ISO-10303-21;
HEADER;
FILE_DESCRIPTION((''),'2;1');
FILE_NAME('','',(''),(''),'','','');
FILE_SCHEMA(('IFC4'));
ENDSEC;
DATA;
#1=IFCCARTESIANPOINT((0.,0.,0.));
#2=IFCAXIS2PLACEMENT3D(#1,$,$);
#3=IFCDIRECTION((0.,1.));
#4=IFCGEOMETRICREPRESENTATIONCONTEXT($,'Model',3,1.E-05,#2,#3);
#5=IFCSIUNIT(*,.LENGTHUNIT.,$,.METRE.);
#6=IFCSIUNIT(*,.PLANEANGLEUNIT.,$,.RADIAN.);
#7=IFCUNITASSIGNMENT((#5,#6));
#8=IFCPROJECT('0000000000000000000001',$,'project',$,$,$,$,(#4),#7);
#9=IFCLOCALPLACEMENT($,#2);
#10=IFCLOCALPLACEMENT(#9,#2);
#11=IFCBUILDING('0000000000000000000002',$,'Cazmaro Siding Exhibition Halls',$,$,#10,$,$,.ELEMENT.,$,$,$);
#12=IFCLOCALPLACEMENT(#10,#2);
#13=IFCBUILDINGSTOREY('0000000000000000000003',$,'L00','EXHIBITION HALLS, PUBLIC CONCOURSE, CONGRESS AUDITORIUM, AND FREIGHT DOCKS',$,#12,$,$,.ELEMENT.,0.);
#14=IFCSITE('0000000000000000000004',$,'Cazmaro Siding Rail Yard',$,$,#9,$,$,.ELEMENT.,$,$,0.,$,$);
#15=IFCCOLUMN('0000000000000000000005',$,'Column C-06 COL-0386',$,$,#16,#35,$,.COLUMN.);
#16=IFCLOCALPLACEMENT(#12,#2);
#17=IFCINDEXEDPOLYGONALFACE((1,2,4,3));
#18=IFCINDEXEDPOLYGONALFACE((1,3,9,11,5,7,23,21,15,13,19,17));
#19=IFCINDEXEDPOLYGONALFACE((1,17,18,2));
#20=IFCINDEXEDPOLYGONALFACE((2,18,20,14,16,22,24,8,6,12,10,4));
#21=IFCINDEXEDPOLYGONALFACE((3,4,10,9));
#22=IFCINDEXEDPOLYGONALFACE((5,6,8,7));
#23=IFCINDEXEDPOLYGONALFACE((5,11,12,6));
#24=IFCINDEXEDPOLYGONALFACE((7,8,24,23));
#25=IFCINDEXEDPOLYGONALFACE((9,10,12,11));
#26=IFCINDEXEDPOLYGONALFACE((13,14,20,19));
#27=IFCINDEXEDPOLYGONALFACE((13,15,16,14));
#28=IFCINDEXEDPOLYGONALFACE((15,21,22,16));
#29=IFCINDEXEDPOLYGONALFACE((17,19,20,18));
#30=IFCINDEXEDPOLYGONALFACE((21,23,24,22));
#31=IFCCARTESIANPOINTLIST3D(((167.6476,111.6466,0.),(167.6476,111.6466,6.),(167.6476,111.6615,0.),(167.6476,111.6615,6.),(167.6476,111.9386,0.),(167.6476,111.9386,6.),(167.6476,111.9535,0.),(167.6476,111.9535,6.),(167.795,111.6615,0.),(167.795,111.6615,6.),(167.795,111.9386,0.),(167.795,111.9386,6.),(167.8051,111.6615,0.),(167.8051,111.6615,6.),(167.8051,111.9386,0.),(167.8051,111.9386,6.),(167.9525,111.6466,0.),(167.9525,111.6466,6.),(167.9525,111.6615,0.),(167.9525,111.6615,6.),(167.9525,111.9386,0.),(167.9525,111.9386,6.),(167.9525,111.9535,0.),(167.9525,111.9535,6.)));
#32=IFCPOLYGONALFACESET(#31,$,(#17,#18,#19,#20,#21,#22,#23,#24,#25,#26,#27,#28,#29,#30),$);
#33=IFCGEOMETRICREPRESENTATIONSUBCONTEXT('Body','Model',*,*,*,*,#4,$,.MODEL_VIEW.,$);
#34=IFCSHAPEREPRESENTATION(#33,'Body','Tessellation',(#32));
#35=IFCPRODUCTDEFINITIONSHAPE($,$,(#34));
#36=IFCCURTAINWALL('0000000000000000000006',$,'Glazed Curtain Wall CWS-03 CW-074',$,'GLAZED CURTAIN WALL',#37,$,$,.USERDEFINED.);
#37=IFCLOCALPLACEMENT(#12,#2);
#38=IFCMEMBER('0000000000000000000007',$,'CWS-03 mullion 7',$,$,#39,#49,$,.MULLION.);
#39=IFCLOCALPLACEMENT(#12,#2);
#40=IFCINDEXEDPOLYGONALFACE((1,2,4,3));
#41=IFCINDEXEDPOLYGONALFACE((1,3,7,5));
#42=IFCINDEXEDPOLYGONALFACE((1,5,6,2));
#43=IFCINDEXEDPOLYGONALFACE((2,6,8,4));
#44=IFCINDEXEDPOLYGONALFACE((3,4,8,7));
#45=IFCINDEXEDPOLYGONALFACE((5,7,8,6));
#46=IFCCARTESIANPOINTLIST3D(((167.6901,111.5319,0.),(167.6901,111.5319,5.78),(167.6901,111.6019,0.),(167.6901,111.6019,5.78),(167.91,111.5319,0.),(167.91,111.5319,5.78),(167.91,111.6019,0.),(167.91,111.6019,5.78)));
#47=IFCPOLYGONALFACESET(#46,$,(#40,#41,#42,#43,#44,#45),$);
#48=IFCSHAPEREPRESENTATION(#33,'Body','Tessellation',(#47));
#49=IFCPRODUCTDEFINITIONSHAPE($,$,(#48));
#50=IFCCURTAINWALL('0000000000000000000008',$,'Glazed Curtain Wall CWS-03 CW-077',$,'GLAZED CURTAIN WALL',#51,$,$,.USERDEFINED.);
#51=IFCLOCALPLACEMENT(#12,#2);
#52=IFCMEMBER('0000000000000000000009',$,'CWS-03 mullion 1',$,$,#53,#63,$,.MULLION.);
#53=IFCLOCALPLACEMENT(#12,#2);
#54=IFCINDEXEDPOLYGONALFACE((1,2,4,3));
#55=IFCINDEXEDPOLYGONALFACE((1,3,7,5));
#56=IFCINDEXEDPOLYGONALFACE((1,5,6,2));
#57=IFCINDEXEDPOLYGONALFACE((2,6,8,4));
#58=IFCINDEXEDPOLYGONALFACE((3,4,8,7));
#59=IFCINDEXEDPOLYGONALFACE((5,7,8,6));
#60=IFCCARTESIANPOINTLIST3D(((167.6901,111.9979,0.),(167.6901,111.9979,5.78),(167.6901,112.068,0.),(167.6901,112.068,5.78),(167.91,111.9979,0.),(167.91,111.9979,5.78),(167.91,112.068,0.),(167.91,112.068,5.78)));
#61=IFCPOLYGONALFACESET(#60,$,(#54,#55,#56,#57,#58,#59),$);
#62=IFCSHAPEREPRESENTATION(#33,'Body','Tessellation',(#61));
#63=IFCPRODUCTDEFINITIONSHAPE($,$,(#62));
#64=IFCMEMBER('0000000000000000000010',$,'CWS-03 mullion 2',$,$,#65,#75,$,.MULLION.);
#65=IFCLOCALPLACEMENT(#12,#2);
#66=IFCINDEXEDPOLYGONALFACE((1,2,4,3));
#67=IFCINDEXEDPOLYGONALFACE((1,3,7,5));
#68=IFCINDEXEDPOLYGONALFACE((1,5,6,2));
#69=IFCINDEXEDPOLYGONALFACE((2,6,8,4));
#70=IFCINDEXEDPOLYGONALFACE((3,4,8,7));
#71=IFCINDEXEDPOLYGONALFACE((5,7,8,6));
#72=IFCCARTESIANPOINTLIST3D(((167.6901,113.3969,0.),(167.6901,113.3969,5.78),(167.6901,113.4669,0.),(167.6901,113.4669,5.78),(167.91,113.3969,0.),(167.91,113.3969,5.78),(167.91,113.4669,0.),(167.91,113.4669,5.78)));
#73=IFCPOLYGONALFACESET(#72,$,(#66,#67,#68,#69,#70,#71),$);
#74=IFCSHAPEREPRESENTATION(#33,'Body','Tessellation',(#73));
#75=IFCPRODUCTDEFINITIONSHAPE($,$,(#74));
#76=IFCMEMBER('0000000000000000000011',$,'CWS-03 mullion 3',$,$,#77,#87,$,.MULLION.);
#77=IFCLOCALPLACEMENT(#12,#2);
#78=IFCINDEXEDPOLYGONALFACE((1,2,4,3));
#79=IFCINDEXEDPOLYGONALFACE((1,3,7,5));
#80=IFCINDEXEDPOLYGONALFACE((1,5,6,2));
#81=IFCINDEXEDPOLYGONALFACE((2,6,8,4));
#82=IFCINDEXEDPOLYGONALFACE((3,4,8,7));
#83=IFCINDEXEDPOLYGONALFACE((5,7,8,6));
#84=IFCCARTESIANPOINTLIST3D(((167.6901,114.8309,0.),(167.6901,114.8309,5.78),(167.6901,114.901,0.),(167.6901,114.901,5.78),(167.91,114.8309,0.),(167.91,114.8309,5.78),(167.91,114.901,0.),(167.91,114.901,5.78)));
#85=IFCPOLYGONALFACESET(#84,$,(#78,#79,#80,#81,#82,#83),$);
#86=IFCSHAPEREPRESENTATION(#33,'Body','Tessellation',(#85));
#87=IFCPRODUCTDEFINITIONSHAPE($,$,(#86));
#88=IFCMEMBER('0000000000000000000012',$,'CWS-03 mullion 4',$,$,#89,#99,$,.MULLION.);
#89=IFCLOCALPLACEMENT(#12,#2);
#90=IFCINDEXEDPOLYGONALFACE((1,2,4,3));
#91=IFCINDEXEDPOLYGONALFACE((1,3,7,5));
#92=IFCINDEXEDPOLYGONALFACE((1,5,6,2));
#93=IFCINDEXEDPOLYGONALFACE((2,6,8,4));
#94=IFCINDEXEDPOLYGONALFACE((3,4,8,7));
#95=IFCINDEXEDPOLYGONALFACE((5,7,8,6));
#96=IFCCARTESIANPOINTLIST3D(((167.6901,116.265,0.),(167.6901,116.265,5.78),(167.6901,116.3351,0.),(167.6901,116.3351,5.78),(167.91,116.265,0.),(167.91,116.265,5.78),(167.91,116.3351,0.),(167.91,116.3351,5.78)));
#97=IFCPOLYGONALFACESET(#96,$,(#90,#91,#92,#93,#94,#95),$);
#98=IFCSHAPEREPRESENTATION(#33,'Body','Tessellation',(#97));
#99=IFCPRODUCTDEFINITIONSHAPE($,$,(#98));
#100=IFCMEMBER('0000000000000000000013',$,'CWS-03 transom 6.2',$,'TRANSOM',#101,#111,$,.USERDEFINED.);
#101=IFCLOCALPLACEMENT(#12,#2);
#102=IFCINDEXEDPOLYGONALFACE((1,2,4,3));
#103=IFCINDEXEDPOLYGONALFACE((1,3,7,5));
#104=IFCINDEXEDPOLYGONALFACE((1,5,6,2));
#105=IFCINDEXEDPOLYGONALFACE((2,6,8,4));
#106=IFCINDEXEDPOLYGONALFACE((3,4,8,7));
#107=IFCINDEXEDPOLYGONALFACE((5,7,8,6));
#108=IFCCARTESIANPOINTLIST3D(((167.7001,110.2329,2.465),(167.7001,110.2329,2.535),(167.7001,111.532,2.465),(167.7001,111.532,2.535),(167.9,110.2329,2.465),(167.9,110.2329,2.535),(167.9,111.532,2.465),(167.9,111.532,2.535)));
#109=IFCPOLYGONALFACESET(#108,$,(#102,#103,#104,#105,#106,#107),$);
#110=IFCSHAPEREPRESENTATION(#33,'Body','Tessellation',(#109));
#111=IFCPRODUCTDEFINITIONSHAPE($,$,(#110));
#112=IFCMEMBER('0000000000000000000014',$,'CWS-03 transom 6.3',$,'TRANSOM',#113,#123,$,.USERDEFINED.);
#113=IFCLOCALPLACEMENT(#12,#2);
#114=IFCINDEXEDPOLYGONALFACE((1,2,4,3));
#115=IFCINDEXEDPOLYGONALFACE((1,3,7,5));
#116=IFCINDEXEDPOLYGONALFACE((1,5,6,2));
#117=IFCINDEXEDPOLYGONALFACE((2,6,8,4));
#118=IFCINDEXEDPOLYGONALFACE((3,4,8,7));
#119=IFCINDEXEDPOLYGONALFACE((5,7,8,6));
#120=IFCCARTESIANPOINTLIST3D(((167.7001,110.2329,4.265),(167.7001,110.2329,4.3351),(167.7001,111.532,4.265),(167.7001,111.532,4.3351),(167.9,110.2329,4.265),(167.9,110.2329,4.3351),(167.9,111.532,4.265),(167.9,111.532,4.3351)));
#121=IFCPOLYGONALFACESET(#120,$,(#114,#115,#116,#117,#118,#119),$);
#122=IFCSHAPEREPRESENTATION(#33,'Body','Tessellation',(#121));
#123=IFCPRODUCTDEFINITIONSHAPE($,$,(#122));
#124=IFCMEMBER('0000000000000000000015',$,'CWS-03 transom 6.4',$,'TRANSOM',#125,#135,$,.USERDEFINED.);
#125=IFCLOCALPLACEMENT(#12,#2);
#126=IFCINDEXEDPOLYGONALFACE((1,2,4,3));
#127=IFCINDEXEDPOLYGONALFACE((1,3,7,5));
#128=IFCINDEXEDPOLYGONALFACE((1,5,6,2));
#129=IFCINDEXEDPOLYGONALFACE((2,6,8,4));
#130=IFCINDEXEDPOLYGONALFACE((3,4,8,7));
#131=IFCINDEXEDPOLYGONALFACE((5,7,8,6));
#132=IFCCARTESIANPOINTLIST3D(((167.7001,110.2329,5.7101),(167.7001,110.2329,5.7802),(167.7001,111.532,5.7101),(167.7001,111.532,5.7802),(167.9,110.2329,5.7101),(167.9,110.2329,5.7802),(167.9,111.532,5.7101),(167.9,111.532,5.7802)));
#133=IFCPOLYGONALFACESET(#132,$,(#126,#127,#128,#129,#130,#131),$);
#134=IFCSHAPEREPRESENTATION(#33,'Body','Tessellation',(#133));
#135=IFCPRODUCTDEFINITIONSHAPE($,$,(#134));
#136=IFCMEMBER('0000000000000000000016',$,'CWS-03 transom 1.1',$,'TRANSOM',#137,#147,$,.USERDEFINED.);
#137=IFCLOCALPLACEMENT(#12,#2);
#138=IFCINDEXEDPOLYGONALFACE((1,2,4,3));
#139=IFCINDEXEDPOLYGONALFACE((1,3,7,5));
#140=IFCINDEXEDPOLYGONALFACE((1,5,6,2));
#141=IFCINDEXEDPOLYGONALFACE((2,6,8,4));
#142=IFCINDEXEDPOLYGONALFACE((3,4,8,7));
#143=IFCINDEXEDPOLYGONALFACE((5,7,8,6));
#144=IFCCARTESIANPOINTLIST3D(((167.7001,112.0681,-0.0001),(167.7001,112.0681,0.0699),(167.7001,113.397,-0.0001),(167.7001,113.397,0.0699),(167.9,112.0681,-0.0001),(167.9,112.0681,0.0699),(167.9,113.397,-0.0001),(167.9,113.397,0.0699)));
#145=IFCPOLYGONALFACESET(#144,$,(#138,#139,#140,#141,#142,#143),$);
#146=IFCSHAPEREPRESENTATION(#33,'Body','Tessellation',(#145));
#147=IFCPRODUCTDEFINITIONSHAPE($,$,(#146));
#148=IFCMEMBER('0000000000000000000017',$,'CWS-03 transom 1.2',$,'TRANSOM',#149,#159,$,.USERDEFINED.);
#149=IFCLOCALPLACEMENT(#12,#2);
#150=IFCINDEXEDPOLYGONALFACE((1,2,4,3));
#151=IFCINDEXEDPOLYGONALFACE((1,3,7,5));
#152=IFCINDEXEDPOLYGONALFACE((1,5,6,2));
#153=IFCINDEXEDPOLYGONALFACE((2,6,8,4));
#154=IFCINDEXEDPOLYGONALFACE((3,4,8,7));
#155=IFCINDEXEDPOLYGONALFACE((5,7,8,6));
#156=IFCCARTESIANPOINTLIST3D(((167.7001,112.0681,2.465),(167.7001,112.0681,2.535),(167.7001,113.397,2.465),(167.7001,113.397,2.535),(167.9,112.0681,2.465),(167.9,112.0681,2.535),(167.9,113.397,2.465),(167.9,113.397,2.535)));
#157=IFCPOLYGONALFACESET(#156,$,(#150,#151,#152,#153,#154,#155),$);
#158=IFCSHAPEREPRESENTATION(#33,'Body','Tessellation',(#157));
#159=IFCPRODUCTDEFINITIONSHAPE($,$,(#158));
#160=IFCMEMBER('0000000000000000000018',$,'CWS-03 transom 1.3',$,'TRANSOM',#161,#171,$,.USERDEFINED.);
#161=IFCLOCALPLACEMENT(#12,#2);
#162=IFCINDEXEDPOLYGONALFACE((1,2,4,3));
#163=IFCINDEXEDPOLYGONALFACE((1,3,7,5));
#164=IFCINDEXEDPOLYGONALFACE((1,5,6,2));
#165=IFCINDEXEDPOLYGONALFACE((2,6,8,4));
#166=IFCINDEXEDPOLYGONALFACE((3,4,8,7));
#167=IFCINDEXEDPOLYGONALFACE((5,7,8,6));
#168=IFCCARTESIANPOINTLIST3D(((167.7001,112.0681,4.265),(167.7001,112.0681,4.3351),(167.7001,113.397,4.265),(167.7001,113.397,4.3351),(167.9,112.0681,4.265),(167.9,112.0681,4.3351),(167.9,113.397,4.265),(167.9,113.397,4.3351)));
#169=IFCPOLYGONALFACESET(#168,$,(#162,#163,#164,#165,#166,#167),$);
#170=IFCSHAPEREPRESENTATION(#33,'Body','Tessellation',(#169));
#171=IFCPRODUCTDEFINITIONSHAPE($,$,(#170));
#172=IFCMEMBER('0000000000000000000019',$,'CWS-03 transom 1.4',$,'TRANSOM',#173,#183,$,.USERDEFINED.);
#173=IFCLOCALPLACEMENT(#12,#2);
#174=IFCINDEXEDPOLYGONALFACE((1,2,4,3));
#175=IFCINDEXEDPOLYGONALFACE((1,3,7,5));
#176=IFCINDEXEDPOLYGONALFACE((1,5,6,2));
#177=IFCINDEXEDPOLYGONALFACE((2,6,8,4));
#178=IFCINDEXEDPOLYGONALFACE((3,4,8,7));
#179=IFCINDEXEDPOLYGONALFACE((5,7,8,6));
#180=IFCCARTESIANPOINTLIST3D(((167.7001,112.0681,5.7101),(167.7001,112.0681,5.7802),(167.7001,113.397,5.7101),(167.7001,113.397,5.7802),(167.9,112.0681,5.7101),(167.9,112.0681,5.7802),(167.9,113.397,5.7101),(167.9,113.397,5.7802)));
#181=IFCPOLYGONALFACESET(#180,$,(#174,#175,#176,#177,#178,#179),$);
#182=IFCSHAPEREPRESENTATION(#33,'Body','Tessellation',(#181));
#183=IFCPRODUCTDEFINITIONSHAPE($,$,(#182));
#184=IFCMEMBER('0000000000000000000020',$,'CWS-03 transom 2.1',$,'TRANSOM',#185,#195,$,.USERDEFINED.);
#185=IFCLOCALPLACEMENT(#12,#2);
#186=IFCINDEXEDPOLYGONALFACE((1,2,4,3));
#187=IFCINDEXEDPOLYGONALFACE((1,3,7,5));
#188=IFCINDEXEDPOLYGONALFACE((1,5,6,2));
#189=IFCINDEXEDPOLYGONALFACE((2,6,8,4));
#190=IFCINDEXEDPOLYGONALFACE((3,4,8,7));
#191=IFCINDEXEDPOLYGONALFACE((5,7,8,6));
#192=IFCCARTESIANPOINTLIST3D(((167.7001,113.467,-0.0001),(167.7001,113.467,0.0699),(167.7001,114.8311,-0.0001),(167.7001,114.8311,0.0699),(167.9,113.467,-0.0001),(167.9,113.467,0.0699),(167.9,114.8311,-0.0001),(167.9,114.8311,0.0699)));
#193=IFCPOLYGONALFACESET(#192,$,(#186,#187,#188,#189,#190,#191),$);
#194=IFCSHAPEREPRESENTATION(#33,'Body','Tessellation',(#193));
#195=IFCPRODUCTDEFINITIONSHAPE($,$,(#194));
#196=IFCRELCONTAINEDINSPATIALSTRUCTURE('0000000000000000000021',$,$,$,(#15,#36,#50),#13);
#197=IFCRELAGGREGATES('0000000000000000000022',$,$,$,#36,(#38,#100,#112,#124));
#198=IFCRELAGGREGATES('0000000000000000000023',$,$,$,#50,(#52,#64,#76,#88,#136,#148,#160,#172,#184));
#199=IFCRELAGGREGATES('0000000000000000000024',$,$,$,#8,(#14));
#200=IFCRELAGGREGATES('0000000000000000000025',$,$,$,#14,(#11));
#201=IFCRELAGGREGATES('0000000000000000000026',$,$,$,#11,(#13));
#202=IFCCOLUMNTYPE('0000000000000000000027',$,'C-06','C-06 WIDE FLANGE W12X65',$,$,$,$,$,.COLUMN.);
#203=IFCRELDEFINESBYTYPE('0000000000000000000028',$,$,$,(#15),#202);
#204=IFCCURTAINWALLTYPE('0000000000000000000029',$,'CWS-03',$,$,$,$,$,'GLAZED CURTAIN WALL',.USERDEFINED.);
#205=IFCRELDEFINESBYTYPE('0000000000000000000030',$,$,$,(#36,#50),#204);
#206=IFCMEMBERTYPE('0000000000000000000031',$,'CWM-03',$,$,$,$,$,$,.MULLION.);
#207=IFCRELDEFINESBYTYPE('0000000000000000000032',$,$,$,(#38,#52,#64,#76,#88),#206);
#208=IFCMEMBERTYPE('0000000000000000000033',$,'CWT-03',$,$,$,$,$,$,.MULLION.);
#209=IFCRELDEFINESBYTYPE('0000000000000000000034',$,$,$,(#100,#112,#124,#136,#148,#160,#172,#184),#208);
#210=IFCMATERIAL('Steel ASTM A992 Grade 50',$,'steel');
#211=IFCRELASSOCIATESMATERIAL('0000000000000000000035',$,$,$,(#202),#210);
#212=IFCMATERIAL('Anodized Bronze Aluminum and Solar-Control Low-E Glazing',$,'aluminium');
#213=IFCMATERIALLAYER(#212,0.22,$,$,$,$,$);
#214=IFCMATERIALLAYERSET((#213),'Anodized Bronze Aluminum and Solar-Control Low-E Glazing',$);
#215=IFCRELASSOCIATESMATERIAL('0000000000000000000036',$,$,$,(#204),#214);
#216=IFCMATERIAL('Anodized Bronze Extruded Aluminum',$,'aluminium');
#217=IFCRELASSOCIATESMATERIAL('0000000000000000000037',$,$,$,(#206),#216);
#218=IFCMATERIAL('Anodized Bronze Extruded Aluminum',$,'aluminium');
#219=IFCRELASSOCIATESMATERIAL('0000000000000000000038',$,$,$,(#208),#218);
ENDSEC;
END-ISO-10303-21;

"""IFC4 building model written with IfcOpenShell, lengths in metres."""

from ifc_helpers import new_model, si_unit, direction, frame, origin, origin_2d, place, context, subcontext, project, spatial, rectangle, i_section, extrude, material, layer, layer_set, material_profile, profile_set, type_object, element, aggregate, save


model = new_model("IFC4")

# Units and contexts
model_context = context("Model", 3, precision=1e-05, world=origin(), true_north=direction((0.0, 1.0)))
body_context = subcontext(model_context, "Body", "Model", "MODEL_VIEW")
ifc_project = project(units=[si_unit("LENGTHUNIT", "METRE"), si_unit("PLANEANGLEUNIT", "RADIAN")], contexts=[model_context])

# Site, building, storey
site_placement = place(None, origin())
site = spatial("IfcSite", under=ifc_project, at=site_placement, Name="Cazmaro Siding Rail Yard", CompositionType="ELEMENT", RefElevation=0.0)
building_placement = place(site_placement, origin())
building = spatial("IfcBuilding", under=site, at=building_placement, Name="Cazmaro Siding Exhibition Halls", CompositionType="ELEMENT")
storey_placement = place(building_placement, origin())
storey = spatial("IfcBuildingStorey", under=building, at=storey_placement, Name="L00", Description="EXHIBITION HALLS, PUBLIC CONCOURSE, CONGRESS AUDITORIUM, AND FREIGHT DOCKS", CompositionType="ELEMENT", Elevation=0.0)

# Column
ifc_material_1 = material(Name="Steel ASTM A992 Grade 50", Category="steel")
ifc_material_profile_1 = material_profile(ifc_material_1, i_section(OverallWidth=0.3049, OverallDepth=0.3069, WebThickness=0.01, FlangeThickness=0.0149, at=origin_2d()), Name="W12X65")
ifc_profile_set_1 = profile_set([ifc_material_profile_1], Name="Steel ASTM A992 Grade 50")
column_type = type_object("IfcColumnType", Name="C-06", Description="C-06 WIDE FLANGE W12X65", PredefinedType="COLUMN", material=ifc_profile_set_1)
column_placement = place(storey_placement, frame((167.8, 111.8, 0.0), z_axis=(0.0, 0.0, 1.0), x_axis=(1.0, 0.0, 0.0)))
element("IfcColumn", 1, at=column_placement, inside=storey, type_object=column_type, Name="Column C-06 COL-0386", PredefinedType="COLUMN", context=body_context, shape_type="SweptSolid", body=[
    extrude(i_section(OverallWidth=0.3049, OverallDepth=0.3069, WebThickness=0.01, FlangeThickness=0.0149, at=origin_2d()), origin(), (0.0, 0.0, 1.0), 6.0),
])

# Curtain wall, member
ifc_material_2 = material(Name="Anodized Bronze Aluminum and Solar-Control Low-E Glazing", Category="aluminium")
ifc_layer_1 = layer(ifc_material_2, 0.22)
ifc_layer_set_1 = layer_set([ifc_layer_1], Name="Anodized Bronze Aluminum and Solar-Control Low-E Glazing")
curtain_wall_type = type_object("IfcCurtainWallType", Name="CWS-03", ElementType="GLAZED CURTAIN WALL", PredefinedType="USERDEFINED", material=ifc_layer_set_1)
curtain_wall_1_placement = place(storey_placement, origin())
curtain_wall_1 = element("IfcCurtainWall", 2, at=curtain_wall_1_placement, inside=storey, type_object=curtain_wall_type, Name="Glazed Curtain Wall CWS-03 CW-074", ObjectType="GLAZED CURTAIN WALL", PredefinedType="USERDEFINED")
ifc_material_3 = material(Name="Anodized Bronze Extruded Aluminum", Category="aluminium")
ifc_material_profile_2 = material_profile(ifc_material_3, rectangle(XDim=0.22, YDim=0.0701, at=origin_2d()), Name="CWM-03")
ifc_profile_set_2 = profile_set([ifc_material_profile_2], Name="Anodized Bronze Extruded Aluminum")
member_type_1 = type_object("IfcMemberType", Name="CWM-03", PredefinedType="MULLION", material=ifc_profile_set_2)
member_1_placement = place(storey_placement, frame((167.8, 111.5669, 0.0), z_axis=(0.0, 0.0, 1.0), x_axis=(-1.0, 0.0, 0.0)))
member_1 = element("IfcMember", 3, at=member_1_placement, type_object=member_type_1, Name="CWS-03 mullion 7", PredefinedType="MULLION", context=body_context, shape_type="SweptSolid", body=[
    extrude(rectangle(XDim=0.22, YDim=0.0701, at=origin_2d()), origin(), (0.0, 0.0, 1.0), 5.78),
])

# Curtain wall, members
curtain_wall_2_placement = place(storey_placement, origin())
curtain_wall_2 = element("IfcCurtainWall", 4, at=curtain_wall_2_placement, inside=storey, type_object=curtain_wall_type, Name="Glazed Curtain Wall CWS-03 CW-077", ObjectType="GLAZED CURTAIN WALL", PredefinedType="USERDEFINED")
member_2_placement = place(storey_placement, frame((167.8, 112.033, 0.0), z_axis=(0.0, 0.0, 1.0), x_axis=(-1.0, 0.0, 0.0)))
member_2 = element("IfcMember", 5, at=member_2_placement, type_object=member_type_1, Name="CWS-03 mullion 1", PredefinedType="MULLION", context=body_context, shape_type="SweptSolid", body=[
    extrude(rectangle(XDim=0.22, YDim=0.0701, at=origin_2d()), origin(), (0.0, 0.0, 1.0), 5.78),
])
member_3_placement = place(storey_placement, frame((167.8, 113.4319, 0.0), z_axis=(0.0, 0.0, 1.0), x_axis=(-1.0, 0.0, 0.0)))
member_3 = element("IfcMember", 6, at=member_3_placement, type_object=member_type_1, Name="CWS-03 mullion 2", PredefinedType="MULLION", context=body_context, shape_type="SweptSolid", body=[
    extrude(rectangle(XDim=0.22, YDim=0.0701, at=origin_2d()), origin(), (0.0, 0.0, 1.0), 5.78),
])
member_4_placement = place(storey_placement, frame((167.8, 114.866, 0.0), z_axis=(0.0, 0.0, 1.0), x_axis=(-1.0, 0.0, 0.0)))
member_4 = element("IfcMember", 7, at=member_4_placement, type_object=member_type_1, Name="CWS-03 mullion 3", PredefinedType="MULLION", context=body_context, shape_type="SweptSolid", body=[
    extrude(rectangle(XDim=0.22, YDim=0.0701, at=origin_2d()), origin(), (0.0, 0.0, 1.0), 5.78),
])
member_5_placement = place(storey_placement, frame((167.8, 116.3, 0.0), z_axis=(0.0, 0.0, 1.0), x_axis=(-1.0, 0.0, 0.0)))
member_5 = element("IfcMember", 8, at=member_5_placement, type_object=member_type_1, Name="CWS-03 mullion 4", PredefinedType="MULLION", context=body_context, shape_type="SweptSolid", body=[
    extrude(rectangle(XDim=0.22, YDim=0.0701, at=origin_2d()), origin(), (0.0, 0.0, 1.0), 5.78),
])

# Members
ifc_material_4 = material(Name="Anodized Bronze Extruded Aluminum", Category="aluminium")
ifc_material_profile_3 = material_profile(ifc_material_4, rectangle(XDim=0.2, YDim=0.0701, at=origin_2d()), Name="CWT-03")
ifc_profile_set_3 = profile_set([ifc_material_profile_3], Name="Anodized Bronze Extruded Aluminum")
member_type_2 = type_object("IfcMemberType", Name="CWT-03", PredefinedType="MULLION", material=ifc_profile_set_3)
member_6_placement = place(storey_placement, frame((167.8, 110.2329, 2.5), z_axis=(0.0, 1.0, 0.0), x_axis=(-1.0, 0.0, 0.0)))
member_6 = element("IfcMember", 9, at=member_6_placement, type_object=member_type_2, Name="CWS-03 transom 6.2", ObjectType="TRANSOM", PredefinedType="USERDEFINED", context=body_context, shape_type="SweptSolid", body=[
    extrude(rectangle(XDim=0.2, YDim=0.0701, at=origin_2d()), origin(), (0.0, 0.0, 1.0), 1.2991),
])
member_7_placement = place(storey_placement, frame((167.8, 110.2329, 4.3), z_axis=(0.0, 1.0, 0.0), x_axis=(-1.0, 0.0, 0.0)))
member_7 = element("IfcMember", 10, at=member_7_placement, type_object=member_type_2, Name="CWS-03 transom 6.3", ObjectType="TRANSOM", PredefinedType="USERDEFINED", context=body_context, shape_type="SweptSolid", body=[
    extrude(rectangle(XDim=0.2, YDim=0.0701, at=origin_2d()), origin(), (0.0, 0.0, 1.0), 1.2991),
])
member_8_placement = place(storey_placement, frame((167.8, 110.2329, 5.7451), z_axis=(0.0, 1.0, 0.0), x_axis=(-1.0, 0.0, 0.0)))
member_8 = element("IfcMember", 11, at=member_8_placement, type_object=member_type_2, Name="CWS-03 transom 6.4", ObjectType="TRANSOM", PredefinedType="USERDEFINED", context=body_context, shape_type="SweptSolid", body=[
    extrude(rectangle(XDim=0.2, YDim=0.0701, at=origin_2d()), origin(), (0.0, 0.0, 1.0), 1.2991),
])
member_9_placement = place(storey_placement, frame((167.8, 112.0681, 0.0349), z_axis=(0.0, 1.0, 0.0), x_axis=(-1.0, 0.0, 0.0)))
member_9 = element("IfcMember", 12, at=member_9_placement, type_object=member_type_2, Name="CWS-03 transom 1.1", ObjectType="TRANSOM", PredefinedType="USERDEFINED", context=body_context, shape_type="SweptSolid", body=[
    extrude(rectangle(XDim=0.2, YDim=0.0701, at=origin_2d()), origin(), (0.0, 0.0, 1.0), 1.3289),
])
member_10_placement = place(storey_placement, frame((167.8, 112.0681, 2.5), z_axis=(0.0, 1.0, 0.0), x_axis=(-1.0, 0.0, 0.0)))
member_10 = element("IfcMember", 13, at=member_10_placement, type_object=member_type_2, Name="CWS-03 transom 1.2", ObjectType="TRANSOM", PredefinedType="USERDEFINED", context=body_context, shape_type="SweptSolid", body=[
    extrude(rectangle(XDim=0.2, YDim=0.0701, at=origin_2d()), origin(), (0.0, 0.0, 1.0), 1.3289),
])
member_11_placement = place(storey_placement, frame((167.8, 112.0681, 4.3), z_axis=(0.0, 1.0, 0.0), x_axis=(-1.0, 0.0, 0.0)))
member_11 = element("IfcMember", 14, at=member_11_placement, type_object=member_type_2, Name="CWS-03 transom 1.3", ObjectType="TRANSOM", PredefinedType="USERDEFINED", context=body_context, shape_type="SweptSolid", body=[
    extrude(rectangle(XDim=0.2, YDim=0.0701, at=origin_2d()), origin(), (0.0, 0.0, 1.0), 1.3289),
])
member_12_placement = place(storey_placement, frame((167.8, 112.0681, 5.7451), z_axis=(0.0, 1.0, 0.0), x_axis=(-1.0, 0.0, 0.0)))
member_12 = element("IfcMember", 15, at=member_12_placement, type_object=member_type_2, Name="CWS-03 transom 1.4", ObjectType="TRANSOM", PredefinedType="USERDEFINED", context=body_context, shape_type="SweptSolid", body=[
    extrude(rectangle(XDim=0.2, YDim=0.0701, at=origin_2d()), origin(), (0.0, 0.0, 1.0), 1.3289),
])
member_13_placement = place(storey_placement, frame((167.8, 113.467, 0.0349), z_axis=(0.0, 1.0, 0.0), x_axis=(-1.0, 0.0, 0.0)))
member_13 = element("IfcMember", 16, at=member_13_placement, type_object=member_type_2, Name="CWS-03 transom 2.1", ObjectType="TRANSOM", PredefinedType="USERDEFINED", context=body_context, shape_type="SweptSolid", body=[
    extrude(rectangle(XDim=0.2, YDim=0.0701, at=origin_2d()), origin(), (0.0, 0.0, 1.0), 1.364),
])

aggregate(curtain_wall_1, [member_1, member_6, member_7, member_8])
aggregate(curtain_wall_2, [member_2, member_3, member_4, member_5, member_9, member_10, member_11, member_12, member_13])

save(model, "model.ifc")
